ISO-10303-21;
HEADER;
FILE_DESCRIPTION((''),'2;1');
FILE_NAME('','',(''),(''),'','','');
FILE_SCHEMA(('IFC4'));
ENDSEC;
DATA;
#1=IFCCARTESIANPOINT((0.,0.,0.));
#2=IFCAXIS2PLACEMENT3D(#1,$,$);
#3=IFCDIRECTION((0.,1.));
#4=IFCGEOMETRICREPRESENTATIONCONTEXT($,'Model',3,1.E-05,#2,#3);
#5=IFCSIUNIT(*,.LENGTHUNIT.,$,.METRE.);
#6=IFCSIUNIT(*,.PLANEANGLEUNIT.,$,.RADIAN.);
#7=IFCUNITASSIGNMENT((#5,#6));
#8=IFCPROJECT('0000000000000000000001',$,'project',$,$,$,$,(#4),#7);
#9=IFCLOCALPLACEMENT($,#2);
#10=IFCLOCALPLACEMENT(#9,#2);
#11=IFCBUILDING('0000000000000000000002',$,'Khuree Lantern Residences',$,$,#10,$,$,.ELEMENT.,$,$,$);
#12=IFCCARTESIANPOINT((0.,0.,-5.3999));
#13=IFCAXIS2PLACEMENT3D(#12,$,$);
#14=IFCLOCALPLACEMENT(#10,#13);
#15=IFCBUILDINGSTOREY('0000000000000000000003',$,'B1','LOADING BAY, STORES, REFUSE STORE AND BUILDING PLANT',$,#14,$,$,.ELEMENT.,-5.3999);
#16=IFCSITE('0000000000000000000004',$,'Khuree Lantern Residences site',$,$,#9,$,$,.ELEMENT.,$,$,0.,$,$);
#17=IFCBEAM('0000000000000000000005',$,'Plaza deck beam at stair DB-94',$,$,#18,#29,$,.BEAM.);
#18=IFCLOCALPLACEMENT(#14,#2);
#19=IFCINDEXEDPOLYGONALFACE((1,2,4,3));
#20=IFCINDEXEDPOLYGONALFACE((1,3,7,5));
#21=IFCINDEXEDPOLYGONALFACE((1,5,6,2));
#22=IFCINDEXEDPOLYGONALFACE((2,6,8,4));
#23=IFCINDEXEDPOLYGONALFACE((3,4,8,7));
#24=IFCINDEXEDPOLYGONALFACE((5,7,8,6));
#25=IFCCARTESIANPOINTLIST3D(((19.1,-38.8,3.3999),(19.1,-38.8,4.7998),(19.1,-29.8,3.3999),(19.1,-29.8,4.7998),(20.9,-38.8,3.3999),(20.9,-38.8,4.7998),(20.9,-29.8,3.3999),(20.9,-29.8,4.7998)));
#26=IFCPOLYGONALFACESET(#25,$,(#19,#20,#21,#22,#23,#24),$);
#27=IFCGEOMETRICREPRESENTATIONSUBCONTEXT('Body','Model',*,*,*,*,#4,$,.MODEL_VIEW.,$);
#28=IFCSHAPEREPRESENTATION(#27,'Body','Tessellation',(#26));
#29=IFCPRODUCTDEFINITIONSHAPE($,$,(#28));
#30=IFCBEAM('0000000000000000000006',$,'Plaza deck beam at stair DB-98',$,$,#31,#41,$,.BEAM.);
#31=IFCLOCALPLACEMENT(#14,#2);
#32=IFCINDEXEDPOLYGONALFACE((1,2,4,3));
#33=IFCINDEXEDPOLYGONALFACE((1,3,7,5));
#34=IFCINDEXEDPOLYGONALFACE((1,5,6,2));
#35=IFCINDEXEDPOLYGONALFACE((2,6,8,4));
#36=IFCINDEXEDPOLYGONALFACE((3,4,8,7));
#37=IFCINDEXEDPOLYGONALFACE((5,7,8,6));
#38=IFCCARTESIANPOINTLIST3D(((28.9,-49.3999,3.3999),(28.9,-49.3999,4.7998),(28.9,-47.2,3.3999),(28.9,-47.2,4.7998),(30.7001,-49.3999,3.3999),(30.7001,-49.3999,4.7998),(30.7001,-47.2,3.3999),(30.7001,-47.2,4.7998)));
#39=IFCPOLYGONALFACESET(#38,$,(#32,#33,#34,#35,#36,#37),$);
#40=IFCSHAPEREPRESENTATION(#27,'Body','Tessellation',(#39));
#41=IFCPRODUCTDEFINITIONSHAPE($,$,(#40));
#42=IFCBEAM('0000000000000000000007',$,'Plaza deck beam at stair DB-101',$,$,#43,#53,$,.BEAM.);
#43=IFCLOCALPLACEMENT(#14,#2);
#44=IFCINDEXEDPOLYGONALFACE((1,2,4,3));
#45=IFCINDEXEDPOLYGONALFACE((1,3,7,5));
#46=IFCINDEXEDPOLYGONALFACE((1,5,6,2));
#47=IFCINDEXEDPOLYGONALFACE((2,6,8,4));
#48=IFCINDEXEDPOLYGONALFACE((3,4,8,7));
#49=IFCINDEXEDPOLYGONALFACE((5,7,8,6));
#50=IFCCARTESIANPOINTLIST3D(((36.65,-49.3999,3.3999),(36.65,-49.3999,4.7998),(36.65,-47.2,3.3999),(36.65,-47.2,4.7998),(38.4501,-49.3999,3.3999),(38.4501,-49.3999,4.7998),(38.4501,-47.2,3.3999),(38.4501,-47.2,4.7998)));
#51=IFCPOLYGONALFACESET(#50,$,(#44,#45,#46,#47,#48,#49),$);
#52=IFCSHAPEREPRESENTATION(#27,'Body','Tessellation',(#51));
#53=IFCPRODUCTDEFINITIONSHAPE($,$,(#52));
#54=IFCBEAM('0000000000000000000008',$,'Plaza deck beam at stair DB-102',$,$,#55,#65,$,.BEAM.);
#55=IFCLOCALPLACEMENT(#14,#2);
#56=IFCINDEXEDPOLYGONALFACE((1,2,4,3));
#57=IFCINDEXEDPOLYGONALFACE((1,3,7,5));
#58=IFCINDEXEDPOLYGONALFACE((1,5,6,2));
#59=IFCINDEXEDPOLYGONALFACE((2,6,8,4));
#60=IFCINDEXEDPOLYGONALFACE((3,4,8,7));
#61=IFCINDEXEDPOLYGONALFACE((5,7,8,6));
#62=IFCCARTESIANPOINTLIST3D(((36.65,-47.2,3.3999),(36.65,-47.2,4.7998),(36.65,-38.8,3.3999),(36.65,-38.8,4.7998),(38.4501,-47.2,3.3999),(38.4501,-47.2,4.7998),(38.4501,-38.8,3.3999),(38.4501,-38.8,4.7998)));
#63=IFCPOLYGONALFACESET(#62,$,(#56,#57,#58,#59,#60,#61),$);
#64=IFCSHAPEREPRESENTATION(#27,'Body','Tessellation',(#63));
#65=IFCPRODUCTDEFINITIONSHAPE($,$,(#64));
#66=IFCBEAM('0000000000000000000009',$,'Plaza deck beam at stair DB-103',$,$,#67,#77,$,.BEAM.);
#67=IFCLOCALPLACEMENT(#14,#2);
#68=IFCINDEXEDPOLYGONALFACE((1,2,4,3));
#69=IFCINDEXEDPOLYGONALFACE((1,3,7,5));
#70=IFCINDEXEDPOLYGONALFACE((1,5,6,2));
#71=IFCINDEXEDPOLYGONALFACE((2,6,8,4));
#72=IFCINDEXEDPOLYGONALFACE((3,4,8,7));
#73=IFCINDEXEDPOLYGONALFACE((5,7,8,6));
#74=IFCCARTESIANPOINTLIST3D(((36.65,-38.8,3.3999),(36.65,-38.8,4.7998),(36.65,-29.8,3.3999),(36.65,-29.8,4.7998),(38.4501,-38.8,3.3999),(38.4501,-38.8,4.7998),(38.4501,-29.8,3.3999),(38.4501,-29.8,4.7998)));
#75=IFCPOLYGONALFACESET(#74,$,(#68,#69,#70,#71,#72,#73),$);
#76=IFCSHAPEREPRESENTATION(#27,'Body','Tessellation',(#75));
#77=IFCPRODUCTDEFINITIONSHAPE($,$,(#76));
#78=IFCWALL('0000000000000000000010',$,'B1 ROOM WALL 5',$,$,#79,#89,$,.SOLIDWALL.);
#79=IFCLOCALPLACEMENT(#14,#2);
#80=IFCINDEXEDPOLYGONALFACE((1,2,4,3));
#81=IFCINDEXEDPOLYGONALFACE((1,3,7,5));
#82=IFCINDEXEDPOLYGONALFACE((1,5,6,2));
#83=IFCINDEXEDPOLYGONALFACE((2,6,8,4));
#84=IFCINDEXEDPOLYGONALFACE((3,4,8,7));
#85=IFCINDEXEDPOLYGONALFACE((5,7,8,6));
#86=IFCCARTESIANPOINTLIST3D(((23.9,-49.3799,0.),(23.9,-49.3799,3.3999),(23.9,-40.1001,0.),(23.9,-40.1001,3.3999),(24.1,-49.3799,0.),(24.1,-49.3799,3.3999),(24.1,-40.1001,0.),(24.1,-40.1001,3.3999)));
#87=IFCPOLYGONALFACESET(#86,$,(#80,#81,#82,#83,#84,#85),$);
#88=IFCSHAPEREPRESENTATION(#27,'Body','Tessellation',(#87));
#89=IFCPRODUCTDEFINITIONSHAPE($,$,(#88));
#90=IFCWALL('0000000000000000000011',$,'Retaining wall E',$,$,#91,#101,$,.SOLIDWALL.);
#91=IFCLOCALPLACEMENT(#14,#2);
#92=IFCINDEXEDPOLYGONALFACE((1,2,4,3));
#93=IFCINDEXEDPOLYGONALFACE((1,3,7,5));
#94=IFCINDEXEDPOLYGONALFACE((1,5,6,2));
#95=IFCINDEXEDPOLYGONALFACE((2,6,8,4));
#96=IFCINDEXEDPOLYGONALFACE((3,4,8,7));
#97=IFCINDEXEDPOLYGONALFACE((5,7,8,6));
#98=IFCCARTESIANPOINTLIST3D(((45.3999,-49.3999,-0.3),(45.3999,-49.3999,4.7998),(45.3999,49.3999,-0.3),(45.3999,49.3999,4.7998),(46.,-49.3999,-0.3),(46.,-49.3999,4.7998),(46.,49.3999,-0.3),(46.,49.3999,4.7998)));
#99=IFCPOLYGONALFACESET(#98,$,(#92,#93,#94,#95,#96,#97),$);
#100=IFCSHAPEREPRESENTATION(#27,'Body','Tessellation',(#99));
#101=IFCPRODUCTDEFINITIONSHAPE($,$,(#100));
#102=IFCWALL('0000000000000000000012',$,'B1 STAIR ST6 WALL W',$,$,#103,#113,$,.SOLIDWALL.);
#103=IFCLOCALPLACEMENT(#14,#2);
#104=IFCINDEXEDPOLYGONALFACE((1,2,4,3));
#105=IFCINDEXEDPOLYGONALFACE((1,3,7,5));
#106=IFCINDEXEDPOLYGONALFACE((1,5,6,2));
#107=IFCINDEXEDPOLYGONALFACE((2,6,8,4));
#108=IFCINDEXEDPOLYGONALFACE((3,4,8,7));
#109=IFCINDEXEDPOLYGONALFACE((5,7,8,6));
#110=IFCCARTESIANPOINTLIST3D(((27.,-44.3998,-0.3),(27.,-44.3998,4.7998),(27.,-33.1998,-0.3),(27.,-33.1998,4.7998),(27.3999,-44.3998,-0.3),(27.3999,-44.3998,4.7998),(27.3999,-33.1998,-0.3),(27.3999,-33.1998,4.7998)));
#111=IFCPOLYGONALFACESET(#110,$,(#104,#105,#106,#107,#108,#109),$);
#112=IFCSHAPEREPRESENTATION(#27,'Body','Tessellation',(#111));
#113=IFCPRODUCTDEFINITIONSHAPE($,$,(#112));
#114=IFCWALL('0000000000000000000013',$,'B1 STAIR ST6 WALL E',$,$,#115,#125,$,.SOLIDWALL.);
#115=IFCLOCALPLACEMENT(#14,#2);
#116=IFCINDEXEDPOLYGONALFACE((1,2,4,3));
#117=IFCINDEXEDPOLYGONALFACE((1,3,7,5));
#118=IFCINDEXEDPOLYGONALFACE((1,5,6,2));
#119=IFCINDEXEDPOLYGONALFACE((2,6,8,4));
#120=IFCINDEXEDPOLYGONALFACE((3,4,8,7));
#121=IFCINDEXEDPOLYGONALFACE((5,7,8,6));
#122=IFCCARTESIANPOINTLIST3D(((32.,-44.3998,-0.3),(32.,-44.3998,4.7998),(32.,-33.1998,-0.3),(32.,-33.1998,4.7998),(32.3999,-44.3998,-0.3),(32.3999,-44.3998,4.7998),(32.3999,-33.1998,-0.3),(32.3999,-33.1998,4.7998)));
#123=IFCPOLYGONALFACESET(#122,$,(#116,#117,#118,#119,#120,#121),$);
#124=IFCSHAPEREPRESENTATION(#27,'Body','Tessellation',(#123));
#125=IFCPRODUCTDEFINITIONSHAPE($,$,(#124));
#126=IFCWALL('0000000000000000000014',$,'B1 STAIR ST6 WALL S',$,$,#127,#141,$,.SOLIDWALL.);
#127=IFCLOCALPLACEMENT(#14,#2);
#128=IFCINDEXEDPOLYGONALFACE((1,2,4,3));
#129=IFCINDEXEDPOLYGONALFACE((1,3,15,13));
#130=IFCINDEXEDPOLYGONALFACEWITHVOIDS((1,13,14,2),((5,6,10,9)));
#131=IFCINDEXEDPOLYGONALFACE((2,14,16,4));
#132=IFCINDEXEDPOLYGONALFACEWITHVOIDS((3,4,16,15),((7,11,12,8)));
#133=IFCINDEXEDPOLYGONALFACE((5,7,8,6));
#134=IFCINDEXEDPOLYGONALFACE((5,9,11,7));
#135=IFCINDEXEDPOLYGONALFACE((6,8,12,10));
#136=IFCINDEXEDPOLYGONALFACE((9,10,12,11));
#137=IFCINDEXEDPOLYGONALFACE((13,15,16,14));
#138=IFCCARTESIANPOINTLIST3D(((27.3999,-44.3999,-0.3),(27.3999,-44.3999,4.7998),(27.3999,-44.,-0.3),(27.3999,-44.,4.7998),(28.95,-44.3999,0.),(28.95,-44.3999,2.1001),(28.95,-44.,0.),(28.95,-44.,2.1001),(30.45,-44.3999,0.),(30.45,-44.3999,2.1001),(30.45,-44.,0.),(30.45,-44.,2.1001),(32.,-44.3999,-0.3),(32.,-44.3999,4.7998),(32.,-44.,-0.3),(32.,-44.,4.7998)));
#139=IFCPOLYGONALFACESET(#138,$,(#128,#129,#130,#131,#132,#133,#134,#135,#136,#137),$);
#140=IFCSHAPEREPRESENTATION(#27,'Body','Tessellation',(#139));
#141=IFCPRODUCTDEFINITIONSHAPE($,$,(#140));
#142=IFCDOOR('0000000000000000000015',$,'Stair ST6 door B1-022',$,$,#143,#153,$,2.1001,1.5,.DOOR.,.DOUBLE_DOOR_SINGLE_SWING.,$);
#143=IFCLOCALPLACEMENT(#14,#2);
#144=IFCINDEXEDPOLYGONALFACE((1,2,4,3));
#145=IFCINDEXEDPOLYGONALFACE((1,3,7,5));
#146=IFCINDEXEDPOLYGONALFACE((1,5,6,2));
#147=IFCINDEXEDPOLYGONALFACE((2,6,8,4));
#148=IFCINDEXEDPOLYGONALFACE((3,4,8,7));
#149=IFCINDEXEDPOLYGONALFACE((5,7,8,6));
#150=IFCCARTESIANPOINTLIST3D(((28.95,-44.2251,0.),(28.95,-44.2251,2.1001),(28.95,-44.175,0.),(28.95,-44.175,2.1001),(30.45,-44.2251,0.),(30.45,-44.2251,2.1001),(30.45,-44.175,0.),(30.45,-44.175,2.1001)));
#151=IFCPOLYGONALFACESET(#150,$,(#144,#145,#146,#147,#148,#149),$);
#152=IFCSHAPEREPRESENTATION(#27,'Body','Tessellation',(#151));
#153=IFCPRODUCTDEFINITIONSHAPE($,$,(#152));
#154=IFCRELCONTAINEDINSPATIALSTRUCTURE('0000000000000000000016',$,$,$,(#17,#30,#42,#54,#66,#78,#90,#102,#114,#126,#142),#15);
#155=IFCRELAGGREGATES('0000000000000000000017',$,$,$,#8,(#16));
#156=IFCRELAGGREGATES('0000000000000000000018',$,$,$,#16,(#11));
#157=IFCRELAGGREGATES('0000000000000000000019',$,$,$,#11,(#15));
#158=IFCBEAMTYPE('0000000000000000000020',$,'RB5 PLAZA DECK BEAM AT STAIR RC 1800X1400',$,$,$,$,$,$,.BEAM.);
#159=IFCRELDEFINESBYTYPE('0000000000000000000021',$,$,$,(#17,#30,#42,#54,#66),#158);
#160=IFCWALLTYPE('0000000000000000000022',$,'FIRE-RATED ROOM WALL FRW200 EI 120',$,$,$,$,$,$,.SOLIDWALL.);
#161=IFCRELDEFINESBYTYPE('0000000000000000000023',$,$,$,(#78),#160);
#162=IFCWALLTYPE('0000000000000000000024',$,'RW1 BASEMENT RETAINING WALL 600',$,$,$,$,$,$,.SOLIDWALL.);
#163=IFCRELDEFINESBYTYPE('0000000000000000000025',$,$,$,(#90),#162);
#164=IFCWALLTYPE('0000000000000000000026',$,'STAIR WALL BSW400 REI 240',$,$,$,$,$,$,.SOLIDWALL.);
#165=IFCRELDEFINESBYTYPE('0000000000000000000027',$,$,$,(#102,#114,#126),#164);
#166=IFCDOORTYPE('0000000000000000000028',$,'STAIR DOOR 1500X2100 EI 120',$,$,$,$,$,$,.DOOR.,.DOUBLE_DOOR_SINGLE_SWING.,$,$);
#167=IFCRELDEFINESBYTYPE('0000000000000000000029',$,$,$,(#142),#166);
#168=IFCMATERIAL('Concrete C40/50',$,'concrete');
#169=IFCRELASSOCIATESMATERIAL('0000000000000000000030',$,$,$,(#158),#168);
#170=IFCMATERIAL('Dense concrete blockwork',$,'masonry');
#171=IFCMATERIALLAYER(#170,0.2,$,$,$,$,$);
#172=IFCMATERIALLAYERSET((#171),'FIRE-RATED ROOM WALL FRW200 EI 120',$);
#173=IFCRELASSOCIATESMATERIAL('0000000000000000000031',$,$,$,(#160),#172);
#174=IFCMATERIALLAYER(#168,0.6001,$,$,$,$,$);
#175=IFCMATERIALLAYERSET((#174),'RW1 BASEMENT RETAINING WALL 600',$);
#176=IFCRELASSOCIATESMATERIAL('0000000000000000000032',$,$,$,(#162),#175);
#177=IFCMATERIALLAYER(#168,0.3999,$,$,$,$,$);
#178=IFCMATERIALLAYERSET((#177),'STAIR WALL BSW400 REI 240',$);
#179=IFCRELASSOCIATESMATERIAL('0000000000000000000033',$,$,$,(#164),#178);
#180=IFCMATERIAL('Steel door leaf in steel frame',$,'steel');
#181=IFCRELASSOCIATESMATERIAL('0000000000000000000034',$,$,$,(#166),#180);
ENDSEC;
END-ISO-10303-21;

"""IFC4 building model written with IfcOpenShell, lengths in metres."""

from ifc_helpers import new_model, si_unit, direction, frame, frame_2d, origin, origin_2d, place, context, subcontext, project, spatial, rectangle, extrude, material, layer, layer_set, material_profile, profile_set, type_object, element, fill, save


model = new_model("IFC4")

# Units and contexts
model_context = context("Model", 3, precision=1e-05, world=origin(), true_north=direction((0.0, 1.0)))
body_context = subcontext(model_context, "Body", "Model", "MODEL_VIEW")
ifc_project = project(units=[si_unit("LENGTHUNIT", "METRE"), si_unit("PLANEANGLEUNIT", "RADIAN")], contexts=[model_context])

# Site, building, storey
site_placement = place(None, origin())
site = spatial("IfcSite", under=ifc_project, at=site_placement, Name="Khuree Lantern Residences site", CompositionType="ELEMENT", RefElevation=0.0)
building_placement = place(site_placement, origin())
building = spatial("IfcBuilding", under=site, at=building_placement, Name="Khuree Lantern Residences", CompositionType="ELEMENT")
storey_placement = place(building_placement, frame((0.0, 0.0, -5.3999)))
storey = spatial("IfcBuildingStorey", under=building, at=storey_placement, Name="B1", Description="LOADING BAY, STORES, REFUSE STORE AND BUILDING PLANT", CompositionType="ELEMENT", Elevation=-5.3999)

# Beams
ifc_material_1 = material(Name="Concrete C40/50", Category="concrete")
ifc_material_profile_1 = material_profile(ifc_material_1, rectangle(XDim=1.8, YDim=1.3999, at=origin_2d()), Name="RC 1800X1400")
ifc_profile_set_1 = profile_set([ifc_material_profile_1], Name="Concrete C40/50")
beam_type_1 = type_object("IfcBeamType", Name="RB5 PLAZA DECK BEAM AT STAIR RC 1800X1400", PredefinedType="BEAM", material=ifc_profile_set_1)
beam_1_placement = place(storey_placement, frame((20.0, -38.8, 4.0999), z_axis=(0.0, 1.0, 0.0), x_axis=(-1.0, 0.0, 0.0)))
element("IfcBeam", 1, at=beam_1_placement, inside=storey, type_object=beam_type_1, Name="Plaza deck beam at stair DB-94", PredefinedType="BEAM", context=body_context, shape_type="SweptSolid", body=[
    extrude(rectangle(XDim=1.8, YDim=1.3999, at=origin_2d()), origin(), (0.0, 0.0, 1.0), 9.0),
])
for number, where, z_axis, x_axis, name in (
    (2, (29.8, -49.3999, 4.0999), (0.0, 1.0, 0.0), (-1.0, 0.0, 0.0), "Plaza deck beam at stair DB-98"),
    (3, (37.55, -49.3999, 4.0999), (0.0, 1.0, 0.0), (-1.0, 0.0, 0.0), "Plaza deck beam at stair DB-101"),
):
    element("IfcBeam", number, at=place(storey_placement, frame(where, z_axis=z_axis, x_axis=x_axis)), inside=storey, type_object=beam_type_1, Name=name, PredefinedType="BEAM", context=body_context, shape_type="SweptSolid", body=[
        extrude(rectangle(XDim=1.8, YDim=1.3999, at=origin_2d()), origin(), (0.0, 0.0, 1.0), 2.2),
    ])
beam_2_placement = place(storey_placement, frame((37.55, -47.2, 4.0999), z_axis=(0.0, 1.0, 0.0), x_axis=(-1.0, 0.0, 0.0)))
element("IfcBeam", 4, at=beam_2_placement, inside=storey, type_object=beam_type_1, Name="Plaza deck beam at stair DB-102", PredefinedType="BEAM", context=body_context, shape_type="SweptSolid", body=[
    extrude(rectangle(XDim=1.8, YDim=1.3999, at=origin_2d()), origin(), (0.0, 0.0, 1.0), 8.3999),
])
beam_3_placement = place(storey_placement, frame((37.55, -38.8, 4.0999), z_axis=(0.0, 1.0, 0.0), x_axis=(-1.0, 0.0, 0.0)))
element("IfcBeam", 5, at=beam_3_placement, inside=storey, type_object=beam_type_1, Name="Plaza deck beam at stair DB-103", PredefinedType="BEAM", context=body_context, shape_type="SweptSolid", body=[
    extrude(rectangle(XDim=1.8, YDim=1.3999, at=origin_2d()), origin(), (0.0, 0.0, 1.0), 9.0),
])

# Walls
ifc_material_2 = material(Name="Dense concrete blockwork", Category="masonry")
ifc_layer_1 = layer(ifc_material_2, 0.2)
ifc_layer_set_1 = layer_set([ifc_layer_1], Name="FIRE-RATED ROOM WALL FRW200 EI 120")
wall_type_1 = type_object("IfcWallType", Name="FIRE-RATED ROOM WALL FRW200 EI 120", PredefinedType="SOLIDWALL", material=ifc_layer_set_1)
wall_1_placement = place(storey_placement, frame((24.0, -49.3799, 0.0), z_axis=(0.0, 0.0, 1.0), x_axis=(0.0, 1.0, 0.0)))
element("IfcWall", 6, at=wall_1_placement, inside=storey, type_object=wall_type_1, Name="B1 ROOM WALL 5", PredefinedType="SOLIDWALL", context=body_context, shape_type="SweptSolid", body=[
    extrude(rectangle(XDim=9.2798, YDim=0.2, at=frame_2d((4.6399, 0.0))), origin(), (0.0, 0.0, 1.0), 3.3999),
])
ifc_layer_2 = layer(ifc_material_1, 0.6001)
ifc_layer_set_2 = layer_set([ifc_layer_2], Name="RW1 BASEMENT RETAINING WALL 600")
wall_type_2 = type_object("IfcWallType", Name="RW1 BASEMENT RETAINING WALL 600", PredefinedType="SOLIDWALL", material=ifc_layer_set_2)
wall_2_placement = place(storey_placement, frame((45.7, -49.3999, -0.3), z_axis=(0.0, 0.0, 1.0), x_axis=(0.0, 1.0, 0.0)))
element("IfcWall", 7, at=wall_2_placement, inside=storey, type_object=wall_type_2, Name="Retaining wall E", PredefinedType="SOLIDWALL", context=body_context, shape_type="SweptSolid", body=[
    extrude(rectangle(XDim=98.7998, YDim=0.6001, at=frame_2d((49.3999, 0.0))), origin(), (0.0, 0.0, 1.0), 5.0999),
])
ifc_layer_3 = layer(ifc_material_1, 0.3999)
ifc_layer_set_3 = layer_set([ifc_layer_3], Name="STAIR WALL BSW400 REI 240")
wall_type_3 = type_object("IfcWallType", Name="STAIR WALL BSW400 REI 240", PredefinedType="SOLIDWALL", material=ifc_layer_set_3)
for number, where, z_axis, x_axis, name in (
    (8, (27.2, -44.3999, -0.3), (0.0, 0.0, 1.0), (0.0, 1.0, 0.0), "B1 STAIR ST6 WALL W"),
    (9, (32.2, -44.3999, -0.3), (0.0, 0.0, 1.0), (0.0, 1.0, 0.0), "B1 STAIR ST6 WALL E"),
):
    element("IfcWall", number, at=place(storey_placement, frame(where, z_axis=z_axis, x_axis=x_axis)), inside=storey, type_object=wall_type_3, Name=name, PredefinedType="SOLIDWALL", context=body_context, shape_type="SweptSolid", body=[
        extrude(rectangle(XDim=11.2, YDim=0.3999, at=frame_2d((5.6001, 0.0))), origin(), (0.0, 0.0, 1.0), 5.0999),
    ])

# Wall, opening, door
wall_3_placement = place(storey_placement, frame((27.3999, -44.2, -0.3), z_axis=(0.0, 0.0, 1.0), x_axis=(1.0, 0.0, 0.0)))
wall_3 = element("IfcWall", 10, at=wall_3_placement, inside=storey, type_object=wall_type_3, Name="B1 STAIR ST6 WALL S", PredefinedType="SOLIDWALL", context=body_context, shape_type="SweptSolid", body=[
    extrude(rectangle(XDim=4.6001, YDim=0.3999, at=frame_2d((2.3, 0.0))), origin(), (0.0, 0.0, 1.0), 5.0999),
])
opening_placement = place(wall_3_placement, frame((1.55, 0.0, 0.3)))
opening = element("IfcOpeningElement", 11, at=opening_placement, cuts=wall_3, PredefinedType="OPENING", context=body_context, shape_type="SweptSolid", body=[
    extrude(rectangle(XDim=1.5, YDim=2.1001, at=frame_2d((0.75, 1.05))), frame((0.0, 0.21, 0.0), z_axis=(0.0, -1.0, 0.0), x_axis=(1.0, 0.0, 0.0)), (0.0, 0.0, 1.0), 0.4199),
])
ifc_material_3 = material(Name="Steel door leaf in steel frame", Category="steel")
door_type = type_object("IfcDoorType", Name="STAIR DOOR 1500X2100 EI 120", OperationType="DOUBLE_DOOR_SINGLE_SWING", PredefinedType="DOOR", material=ifc_material_3)
door_placement = place(opening_placement, origin())
door = element("IfcDoor", 12, at=door_placement, inside=storey, type_object=door_type, Name="Stair ST6 door B1-022", OperationType="DOUBLE_DOOR_SINGLE_SWING", OverallHeight=2.1001, OverallWidth=1.5, PredefinedType="DOOR", context=body_context, shape_type="SweptSolid", body=[
    extrude(rectangle(XDim=1.5, YDim=2.1001, at=frame_2d((0.75, 1.05))), frame((0.0, 0.0249, 0.0), z_axis=(0.0, -1.0, 0.0), x_axis=(1.0, 0.0, 0.0)), (0.0, 0.0, 1.0), 0.05),
])
fill(opening, door)

save(model, "model.ifc")
